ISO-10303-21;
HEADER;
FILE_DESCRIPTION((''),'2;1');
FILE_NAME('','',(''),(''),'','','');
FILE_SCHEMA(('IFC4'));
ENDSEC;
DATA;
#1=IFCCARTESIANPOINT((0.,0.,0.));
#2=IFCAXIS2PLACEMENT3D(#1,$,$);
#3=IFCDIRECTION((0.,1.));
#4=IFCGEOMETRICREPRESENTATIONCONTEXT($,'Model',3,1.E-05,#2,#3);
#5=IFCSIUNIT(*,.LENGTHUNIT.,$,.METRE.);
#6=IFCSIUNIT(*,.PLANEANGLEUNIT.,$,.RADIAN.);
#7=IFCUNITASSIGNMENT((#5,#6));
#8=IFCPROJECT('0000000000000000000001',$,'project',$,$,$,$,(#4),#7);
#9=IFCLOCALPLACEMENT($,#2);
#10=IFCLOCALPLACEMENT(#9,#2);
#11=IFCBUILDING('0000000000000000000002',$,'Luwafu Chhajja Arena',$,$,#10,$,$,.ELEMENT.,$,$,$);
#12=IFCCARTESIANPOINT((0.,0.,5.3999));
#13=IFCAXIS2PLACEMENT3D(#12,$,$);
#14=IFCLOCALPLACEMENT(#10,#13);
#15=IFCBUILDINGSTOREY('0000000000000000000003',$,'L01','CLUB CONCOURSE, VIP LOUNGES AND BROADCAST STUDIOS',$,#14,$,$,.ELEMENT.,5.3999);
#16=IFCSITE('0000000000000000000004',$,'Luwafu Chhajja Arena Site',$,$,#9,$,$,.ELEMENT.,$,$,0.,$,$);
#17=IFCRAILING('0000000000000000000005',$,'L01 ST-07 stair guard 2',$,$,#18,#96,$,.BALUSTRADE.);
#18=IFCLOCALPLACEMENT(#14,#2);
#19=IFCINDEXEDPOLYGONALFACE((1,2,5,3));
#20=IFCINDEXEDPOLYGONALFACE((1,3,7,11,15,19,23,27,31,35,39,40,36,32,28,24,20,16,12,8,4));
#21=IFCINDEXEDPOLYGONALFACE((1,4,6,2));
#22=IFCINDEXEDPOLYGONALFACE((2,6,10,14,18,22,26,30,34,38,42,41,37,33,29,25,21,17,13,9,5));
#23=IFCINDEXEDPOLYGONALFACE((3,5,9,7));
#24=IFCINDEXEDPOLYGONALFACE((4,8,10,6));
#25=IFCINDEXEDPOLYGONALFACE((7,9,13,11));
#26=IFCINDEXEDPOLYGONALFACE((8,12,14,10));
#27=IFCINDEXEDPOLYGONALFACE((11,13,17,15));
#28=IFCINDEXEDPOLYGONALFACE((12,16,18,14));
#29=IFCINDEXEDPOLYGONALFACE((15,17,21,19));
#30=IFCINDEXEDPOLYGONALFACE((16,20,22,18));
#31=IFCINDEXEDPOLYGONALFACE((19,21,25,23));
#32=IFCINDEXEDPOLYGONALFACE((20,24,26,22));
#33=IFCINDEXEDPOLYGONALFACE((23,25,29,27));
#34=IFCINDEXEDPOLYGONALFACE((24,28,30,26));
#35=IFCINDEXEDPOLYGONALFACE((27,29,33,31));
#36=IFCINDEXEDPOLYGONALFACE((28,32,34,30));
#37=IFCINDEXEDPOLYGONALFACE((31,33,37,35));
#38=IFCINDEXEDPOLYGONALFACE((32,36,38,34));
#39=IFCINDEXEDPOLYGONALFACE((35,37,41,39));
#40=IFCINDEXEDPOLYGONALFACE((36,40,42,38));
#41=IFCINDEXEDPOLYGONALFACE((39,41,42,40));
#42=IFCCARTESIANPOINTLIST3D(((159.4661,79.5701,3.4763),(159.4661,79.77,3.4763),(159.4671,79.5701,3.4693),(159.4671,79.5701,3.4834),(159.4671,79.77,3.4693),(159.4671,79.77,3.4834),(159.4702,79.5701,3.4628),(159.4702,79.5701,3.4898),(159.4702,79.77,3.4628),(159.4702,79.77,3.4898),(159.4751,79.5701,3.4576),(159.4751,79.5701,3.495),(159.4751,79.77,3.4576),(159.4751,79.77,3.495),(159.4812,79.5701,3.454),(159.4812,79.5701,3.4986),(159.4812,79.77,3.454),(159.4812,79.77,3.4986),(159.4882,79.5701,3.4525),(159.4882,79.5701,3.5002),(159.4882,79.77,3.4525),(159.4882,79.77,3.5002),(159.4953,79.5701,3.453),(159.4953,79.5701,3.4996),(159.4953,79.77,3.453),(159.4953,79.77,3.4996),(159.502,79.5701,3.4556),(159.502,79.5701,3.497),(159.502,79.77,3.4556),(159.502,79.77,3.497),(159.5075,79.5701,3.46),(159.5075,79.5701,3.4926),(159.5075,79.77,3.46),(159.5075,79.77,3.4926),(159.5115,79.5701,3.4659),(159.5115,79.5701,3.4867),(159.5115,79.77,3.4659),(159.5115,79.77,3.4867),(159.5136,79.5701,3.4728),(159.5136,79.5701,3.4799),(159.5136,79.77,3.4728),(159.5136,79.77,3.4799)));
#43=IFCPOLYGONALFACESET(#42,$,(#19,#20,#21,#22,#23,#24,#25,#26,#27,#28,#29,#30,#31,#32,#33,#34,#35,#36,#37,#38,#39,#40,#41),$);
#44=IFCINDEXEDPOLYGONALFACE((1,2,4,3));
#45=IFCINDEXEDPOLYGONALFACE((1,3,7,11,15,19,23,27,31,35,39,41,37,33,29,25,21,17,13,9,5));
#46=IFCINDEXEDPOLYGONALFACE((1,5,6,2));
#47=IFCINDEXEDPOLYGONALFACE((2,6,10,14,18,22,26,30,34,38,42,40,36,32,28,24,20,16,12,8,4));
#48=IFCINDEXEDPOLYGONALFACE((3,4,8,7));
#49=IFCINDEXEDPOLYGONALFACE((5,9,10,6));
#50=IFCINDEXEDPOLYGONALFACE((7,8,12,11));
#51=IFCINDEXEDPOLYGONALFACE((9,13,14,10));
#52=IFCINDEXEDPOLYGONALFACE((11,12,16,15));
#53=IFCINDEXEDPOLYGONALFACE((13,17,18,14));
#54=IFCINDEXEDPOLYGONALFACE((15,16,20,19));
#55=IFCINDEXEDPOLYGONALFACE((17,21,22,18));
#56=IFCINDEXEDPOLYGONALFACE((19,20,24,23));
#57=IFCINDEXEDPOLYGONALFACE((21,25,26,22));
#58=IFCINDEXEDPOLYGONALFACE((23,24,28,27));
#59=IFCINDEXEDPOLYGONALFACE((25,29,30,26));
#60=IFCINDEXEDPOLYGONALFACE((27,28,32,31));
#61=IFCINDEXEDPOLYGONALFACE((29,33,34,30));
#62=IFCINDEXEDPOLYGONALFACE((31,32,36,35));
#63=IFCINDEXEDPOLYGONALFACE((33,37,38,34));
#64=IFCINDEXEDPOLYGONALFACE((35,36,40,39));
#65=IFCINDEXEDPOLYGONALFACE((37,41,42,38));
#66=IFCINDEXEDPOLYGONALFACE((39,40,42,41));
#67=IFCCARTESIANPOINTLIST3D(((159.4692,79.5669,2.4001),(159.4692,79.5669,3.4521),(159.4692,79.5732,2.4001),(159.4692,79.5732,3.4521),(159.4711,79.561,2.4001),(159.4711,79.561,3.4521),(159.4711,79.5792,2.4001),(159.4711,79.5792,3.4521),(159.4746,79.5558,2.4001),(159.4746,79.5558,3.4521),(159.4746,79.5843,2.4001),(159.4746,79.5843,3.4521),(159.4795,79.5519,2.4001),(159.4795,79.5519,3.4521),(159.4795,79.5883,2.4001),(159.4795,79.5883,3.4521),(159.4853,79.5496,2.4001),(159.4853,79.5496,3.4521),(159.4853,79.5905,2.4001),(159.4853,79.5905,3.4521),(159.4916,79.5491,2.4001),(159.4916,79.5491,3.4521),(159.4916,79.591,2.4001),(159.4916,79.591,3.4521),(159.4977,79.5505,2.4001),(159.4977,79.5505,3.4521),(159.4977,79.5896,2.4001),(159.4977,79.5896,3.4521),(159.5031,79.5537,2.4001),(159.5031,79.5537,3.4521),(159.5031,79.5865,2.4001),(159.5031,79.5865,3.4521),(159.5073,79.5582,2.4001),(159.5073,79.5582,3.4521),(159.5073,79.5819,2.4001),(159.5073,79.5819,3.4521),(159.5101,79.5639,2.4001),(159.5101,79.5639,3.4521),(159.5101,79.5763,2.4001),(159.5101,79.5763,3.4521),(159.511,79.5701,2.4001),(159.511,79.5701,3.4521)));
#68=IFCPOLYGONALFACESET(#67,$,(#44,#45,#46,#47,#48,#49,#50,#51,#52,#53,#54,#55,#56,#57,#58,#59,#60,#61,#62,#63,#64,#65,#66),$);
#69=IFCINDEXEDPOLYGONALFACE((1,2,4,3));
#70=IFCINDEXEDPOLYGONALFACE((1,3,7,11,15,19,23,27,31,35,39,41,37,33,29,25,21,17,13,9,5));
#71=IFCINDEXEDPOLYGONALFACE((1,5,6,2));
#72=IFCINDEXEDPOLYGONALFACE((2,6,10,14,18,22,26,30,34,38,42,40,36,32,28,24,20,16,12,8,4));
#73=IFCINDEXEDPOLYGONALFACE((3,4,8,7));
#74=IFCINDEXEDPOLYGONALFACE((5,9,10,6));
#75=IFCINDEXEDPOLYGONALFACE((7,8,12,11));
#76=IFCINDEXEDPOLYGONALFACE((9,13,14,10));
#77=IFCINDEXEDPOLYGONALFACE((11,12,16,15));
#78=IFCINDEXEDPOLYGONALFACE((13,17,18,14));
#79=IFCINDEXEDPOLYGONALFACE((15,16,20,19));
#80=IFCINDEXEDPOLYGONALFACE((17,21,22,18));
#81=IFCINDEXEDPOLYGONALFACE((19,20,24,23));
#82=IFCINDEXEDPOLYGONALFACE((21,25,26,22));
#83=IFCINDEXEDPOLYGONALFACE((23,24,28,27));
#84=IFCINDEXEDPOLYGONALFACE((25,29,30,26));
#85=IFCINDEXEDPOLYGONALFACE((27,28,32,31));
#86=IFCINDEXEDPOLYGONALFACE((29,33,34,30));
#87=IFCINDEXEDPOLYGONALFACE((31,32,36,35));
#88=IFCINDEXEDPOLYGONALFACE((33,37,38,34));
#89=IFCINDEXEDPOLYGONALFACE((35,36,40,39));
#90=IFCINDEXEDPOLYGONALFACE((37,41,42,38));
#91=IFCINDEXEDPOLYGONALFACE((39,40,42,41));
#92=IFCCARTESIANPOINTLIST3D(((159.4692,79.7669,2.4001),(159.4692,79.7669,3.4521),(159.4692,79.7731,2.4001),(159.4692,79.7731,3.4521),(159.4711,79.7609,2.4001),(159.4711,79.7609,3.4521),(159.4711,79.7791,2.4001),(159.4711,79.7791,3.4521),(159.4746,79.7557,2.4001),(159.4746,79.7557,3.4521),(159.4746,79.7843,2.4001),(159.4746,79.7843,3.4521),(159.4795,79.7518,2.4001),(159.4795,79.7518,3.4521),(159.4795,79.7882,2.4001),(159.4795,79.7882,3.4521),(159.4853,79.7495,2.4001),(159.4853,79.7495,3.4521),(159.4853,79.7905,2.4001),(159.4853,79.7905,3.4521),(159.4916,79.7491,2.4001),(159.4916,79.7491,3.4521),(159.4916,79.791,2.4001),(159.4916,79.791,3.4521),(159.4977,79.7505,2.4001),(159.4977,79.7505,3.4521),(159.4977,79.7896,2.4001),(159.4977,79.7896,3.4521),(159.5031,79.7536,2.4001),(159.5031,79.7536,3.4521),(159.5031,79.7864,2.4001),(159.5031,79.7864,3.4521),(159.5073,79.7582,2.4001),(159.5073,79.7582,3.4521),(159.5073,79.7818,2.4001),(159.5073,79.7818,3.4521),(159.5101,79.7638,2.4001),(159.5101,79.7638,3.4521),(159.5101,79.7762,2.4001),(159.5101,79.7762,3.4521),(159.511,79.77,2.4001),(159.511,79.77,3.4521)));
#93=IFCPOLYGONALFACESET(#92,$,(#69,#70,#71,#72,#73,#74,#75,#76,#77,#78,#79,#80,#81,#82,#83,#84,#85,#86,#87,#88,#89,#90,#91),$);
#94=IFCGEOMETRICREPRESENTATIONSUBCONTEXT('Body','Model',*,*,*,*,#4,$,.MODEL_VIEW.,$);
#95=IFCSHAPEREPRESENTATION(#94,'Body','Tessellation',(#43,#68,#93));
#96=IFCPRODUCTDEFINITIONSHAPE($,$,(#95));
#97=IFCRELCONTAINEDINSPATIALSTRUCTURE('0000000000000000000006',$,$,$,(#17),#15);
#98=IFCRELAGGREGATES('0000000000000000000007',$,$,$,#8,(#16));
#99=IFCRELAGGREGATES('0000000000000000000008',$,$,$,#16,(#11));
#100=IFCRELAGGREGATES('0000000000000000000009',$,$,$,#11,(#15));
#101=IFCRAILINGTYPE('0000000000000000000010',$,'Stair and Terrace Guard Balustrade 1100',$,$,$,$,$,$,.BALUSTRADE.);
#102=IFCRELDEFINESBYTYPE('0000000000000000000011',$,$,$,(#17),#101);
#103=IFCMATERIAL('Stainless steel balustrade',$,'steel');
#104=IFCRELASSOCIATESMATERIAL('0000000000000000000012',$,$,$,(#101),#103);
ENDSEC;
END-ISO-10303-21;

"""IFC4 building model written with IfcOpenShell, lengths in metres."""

from ifc_helpers import new_model, si_unit, direction, frame, origin, origin_2d, place, context, subcontext, project, spatial, circle, extrude, material, type_object, element, save


model = new_model("IFC4")

# Units and contexts
model_context = context("Model", 3, precision=1e-05, world=origin(), true_north=direction((0.0, 1.0)))
body_context = subcontext(model_context, "Body", "Model", "MODEL_VIEW")
ifc_project = project(units=[si_unit("LENGTHUNIT", "METRE"), si_unit("PLANEANGLEUNIT", "RADIAN")], contexts=[model_context])

# Site, building, storey
site_placement = place(None, origin())
site = spatial("IfcSite", under=ifc_project, at=site_placement, Name="Luwafu Chhajja Arena Site", CompositionType="ELEMENT", RefElevation=0.0)
building_placement = place(site_placement, origin())
building = spatial("IfcBuilding", under=site, at=building_placement, Name="Luwafu Chhajja Arena", CompositionType="ELEMENT")
storey_placement = place(building_placement, frame((0.0, 0.0, 5.3999)))
storey = spatial("IfcBuildingStorey", under=building, at=storey_placement, Name="L01", Description="CLUB CONCOURSE, VIP LOUNGES AND BROADCAST STUDIOS", CompositionType="ELEMENT", Elevation=5.3999)

# Railing
ifc_material_1 = material(Name="Stainless steel balustrade", Category="steel")
railing_type_1 = type_object("IfcRailingType", Name="Stair and Terrace Guard Balustrade 1100", PredefinedType="BALUSTRADE", material=ifc_material_1)
railing_1_placement = place(storey_placement, frame((159.49, 79.5701, 2.4001)))
element("IfcRailing", 1, at=railing_1_placement, inside=storey, type_object=railing_type_1, Name="L01 ST-07 stair guard 2", PredefinedType="BALUSTRADE", context=body_context, shape_type="SweptSolid", body=[
    extrude(circle(Radius=0.0239, at=origin_2d()), frame((0.0, 0.0, 1.0762), z_axis=(0.0, 1.0, 0.0), x_axis=(-1.0, 0.0, 0.0)), (0.0, 0.0, 1.0), 0.2),
    extrude(circle(Radius=0.021, at=origin_2d()), origin(), (0.0, 0.0, 1.0), 1.052),
    extrude(circle(Radius=0.021, at=origin_2d()), frame((0.0, 0.2, 0.0)), (0.0, 0.0, 1.0), 1.052),
])

save(model, "model.ifc")
